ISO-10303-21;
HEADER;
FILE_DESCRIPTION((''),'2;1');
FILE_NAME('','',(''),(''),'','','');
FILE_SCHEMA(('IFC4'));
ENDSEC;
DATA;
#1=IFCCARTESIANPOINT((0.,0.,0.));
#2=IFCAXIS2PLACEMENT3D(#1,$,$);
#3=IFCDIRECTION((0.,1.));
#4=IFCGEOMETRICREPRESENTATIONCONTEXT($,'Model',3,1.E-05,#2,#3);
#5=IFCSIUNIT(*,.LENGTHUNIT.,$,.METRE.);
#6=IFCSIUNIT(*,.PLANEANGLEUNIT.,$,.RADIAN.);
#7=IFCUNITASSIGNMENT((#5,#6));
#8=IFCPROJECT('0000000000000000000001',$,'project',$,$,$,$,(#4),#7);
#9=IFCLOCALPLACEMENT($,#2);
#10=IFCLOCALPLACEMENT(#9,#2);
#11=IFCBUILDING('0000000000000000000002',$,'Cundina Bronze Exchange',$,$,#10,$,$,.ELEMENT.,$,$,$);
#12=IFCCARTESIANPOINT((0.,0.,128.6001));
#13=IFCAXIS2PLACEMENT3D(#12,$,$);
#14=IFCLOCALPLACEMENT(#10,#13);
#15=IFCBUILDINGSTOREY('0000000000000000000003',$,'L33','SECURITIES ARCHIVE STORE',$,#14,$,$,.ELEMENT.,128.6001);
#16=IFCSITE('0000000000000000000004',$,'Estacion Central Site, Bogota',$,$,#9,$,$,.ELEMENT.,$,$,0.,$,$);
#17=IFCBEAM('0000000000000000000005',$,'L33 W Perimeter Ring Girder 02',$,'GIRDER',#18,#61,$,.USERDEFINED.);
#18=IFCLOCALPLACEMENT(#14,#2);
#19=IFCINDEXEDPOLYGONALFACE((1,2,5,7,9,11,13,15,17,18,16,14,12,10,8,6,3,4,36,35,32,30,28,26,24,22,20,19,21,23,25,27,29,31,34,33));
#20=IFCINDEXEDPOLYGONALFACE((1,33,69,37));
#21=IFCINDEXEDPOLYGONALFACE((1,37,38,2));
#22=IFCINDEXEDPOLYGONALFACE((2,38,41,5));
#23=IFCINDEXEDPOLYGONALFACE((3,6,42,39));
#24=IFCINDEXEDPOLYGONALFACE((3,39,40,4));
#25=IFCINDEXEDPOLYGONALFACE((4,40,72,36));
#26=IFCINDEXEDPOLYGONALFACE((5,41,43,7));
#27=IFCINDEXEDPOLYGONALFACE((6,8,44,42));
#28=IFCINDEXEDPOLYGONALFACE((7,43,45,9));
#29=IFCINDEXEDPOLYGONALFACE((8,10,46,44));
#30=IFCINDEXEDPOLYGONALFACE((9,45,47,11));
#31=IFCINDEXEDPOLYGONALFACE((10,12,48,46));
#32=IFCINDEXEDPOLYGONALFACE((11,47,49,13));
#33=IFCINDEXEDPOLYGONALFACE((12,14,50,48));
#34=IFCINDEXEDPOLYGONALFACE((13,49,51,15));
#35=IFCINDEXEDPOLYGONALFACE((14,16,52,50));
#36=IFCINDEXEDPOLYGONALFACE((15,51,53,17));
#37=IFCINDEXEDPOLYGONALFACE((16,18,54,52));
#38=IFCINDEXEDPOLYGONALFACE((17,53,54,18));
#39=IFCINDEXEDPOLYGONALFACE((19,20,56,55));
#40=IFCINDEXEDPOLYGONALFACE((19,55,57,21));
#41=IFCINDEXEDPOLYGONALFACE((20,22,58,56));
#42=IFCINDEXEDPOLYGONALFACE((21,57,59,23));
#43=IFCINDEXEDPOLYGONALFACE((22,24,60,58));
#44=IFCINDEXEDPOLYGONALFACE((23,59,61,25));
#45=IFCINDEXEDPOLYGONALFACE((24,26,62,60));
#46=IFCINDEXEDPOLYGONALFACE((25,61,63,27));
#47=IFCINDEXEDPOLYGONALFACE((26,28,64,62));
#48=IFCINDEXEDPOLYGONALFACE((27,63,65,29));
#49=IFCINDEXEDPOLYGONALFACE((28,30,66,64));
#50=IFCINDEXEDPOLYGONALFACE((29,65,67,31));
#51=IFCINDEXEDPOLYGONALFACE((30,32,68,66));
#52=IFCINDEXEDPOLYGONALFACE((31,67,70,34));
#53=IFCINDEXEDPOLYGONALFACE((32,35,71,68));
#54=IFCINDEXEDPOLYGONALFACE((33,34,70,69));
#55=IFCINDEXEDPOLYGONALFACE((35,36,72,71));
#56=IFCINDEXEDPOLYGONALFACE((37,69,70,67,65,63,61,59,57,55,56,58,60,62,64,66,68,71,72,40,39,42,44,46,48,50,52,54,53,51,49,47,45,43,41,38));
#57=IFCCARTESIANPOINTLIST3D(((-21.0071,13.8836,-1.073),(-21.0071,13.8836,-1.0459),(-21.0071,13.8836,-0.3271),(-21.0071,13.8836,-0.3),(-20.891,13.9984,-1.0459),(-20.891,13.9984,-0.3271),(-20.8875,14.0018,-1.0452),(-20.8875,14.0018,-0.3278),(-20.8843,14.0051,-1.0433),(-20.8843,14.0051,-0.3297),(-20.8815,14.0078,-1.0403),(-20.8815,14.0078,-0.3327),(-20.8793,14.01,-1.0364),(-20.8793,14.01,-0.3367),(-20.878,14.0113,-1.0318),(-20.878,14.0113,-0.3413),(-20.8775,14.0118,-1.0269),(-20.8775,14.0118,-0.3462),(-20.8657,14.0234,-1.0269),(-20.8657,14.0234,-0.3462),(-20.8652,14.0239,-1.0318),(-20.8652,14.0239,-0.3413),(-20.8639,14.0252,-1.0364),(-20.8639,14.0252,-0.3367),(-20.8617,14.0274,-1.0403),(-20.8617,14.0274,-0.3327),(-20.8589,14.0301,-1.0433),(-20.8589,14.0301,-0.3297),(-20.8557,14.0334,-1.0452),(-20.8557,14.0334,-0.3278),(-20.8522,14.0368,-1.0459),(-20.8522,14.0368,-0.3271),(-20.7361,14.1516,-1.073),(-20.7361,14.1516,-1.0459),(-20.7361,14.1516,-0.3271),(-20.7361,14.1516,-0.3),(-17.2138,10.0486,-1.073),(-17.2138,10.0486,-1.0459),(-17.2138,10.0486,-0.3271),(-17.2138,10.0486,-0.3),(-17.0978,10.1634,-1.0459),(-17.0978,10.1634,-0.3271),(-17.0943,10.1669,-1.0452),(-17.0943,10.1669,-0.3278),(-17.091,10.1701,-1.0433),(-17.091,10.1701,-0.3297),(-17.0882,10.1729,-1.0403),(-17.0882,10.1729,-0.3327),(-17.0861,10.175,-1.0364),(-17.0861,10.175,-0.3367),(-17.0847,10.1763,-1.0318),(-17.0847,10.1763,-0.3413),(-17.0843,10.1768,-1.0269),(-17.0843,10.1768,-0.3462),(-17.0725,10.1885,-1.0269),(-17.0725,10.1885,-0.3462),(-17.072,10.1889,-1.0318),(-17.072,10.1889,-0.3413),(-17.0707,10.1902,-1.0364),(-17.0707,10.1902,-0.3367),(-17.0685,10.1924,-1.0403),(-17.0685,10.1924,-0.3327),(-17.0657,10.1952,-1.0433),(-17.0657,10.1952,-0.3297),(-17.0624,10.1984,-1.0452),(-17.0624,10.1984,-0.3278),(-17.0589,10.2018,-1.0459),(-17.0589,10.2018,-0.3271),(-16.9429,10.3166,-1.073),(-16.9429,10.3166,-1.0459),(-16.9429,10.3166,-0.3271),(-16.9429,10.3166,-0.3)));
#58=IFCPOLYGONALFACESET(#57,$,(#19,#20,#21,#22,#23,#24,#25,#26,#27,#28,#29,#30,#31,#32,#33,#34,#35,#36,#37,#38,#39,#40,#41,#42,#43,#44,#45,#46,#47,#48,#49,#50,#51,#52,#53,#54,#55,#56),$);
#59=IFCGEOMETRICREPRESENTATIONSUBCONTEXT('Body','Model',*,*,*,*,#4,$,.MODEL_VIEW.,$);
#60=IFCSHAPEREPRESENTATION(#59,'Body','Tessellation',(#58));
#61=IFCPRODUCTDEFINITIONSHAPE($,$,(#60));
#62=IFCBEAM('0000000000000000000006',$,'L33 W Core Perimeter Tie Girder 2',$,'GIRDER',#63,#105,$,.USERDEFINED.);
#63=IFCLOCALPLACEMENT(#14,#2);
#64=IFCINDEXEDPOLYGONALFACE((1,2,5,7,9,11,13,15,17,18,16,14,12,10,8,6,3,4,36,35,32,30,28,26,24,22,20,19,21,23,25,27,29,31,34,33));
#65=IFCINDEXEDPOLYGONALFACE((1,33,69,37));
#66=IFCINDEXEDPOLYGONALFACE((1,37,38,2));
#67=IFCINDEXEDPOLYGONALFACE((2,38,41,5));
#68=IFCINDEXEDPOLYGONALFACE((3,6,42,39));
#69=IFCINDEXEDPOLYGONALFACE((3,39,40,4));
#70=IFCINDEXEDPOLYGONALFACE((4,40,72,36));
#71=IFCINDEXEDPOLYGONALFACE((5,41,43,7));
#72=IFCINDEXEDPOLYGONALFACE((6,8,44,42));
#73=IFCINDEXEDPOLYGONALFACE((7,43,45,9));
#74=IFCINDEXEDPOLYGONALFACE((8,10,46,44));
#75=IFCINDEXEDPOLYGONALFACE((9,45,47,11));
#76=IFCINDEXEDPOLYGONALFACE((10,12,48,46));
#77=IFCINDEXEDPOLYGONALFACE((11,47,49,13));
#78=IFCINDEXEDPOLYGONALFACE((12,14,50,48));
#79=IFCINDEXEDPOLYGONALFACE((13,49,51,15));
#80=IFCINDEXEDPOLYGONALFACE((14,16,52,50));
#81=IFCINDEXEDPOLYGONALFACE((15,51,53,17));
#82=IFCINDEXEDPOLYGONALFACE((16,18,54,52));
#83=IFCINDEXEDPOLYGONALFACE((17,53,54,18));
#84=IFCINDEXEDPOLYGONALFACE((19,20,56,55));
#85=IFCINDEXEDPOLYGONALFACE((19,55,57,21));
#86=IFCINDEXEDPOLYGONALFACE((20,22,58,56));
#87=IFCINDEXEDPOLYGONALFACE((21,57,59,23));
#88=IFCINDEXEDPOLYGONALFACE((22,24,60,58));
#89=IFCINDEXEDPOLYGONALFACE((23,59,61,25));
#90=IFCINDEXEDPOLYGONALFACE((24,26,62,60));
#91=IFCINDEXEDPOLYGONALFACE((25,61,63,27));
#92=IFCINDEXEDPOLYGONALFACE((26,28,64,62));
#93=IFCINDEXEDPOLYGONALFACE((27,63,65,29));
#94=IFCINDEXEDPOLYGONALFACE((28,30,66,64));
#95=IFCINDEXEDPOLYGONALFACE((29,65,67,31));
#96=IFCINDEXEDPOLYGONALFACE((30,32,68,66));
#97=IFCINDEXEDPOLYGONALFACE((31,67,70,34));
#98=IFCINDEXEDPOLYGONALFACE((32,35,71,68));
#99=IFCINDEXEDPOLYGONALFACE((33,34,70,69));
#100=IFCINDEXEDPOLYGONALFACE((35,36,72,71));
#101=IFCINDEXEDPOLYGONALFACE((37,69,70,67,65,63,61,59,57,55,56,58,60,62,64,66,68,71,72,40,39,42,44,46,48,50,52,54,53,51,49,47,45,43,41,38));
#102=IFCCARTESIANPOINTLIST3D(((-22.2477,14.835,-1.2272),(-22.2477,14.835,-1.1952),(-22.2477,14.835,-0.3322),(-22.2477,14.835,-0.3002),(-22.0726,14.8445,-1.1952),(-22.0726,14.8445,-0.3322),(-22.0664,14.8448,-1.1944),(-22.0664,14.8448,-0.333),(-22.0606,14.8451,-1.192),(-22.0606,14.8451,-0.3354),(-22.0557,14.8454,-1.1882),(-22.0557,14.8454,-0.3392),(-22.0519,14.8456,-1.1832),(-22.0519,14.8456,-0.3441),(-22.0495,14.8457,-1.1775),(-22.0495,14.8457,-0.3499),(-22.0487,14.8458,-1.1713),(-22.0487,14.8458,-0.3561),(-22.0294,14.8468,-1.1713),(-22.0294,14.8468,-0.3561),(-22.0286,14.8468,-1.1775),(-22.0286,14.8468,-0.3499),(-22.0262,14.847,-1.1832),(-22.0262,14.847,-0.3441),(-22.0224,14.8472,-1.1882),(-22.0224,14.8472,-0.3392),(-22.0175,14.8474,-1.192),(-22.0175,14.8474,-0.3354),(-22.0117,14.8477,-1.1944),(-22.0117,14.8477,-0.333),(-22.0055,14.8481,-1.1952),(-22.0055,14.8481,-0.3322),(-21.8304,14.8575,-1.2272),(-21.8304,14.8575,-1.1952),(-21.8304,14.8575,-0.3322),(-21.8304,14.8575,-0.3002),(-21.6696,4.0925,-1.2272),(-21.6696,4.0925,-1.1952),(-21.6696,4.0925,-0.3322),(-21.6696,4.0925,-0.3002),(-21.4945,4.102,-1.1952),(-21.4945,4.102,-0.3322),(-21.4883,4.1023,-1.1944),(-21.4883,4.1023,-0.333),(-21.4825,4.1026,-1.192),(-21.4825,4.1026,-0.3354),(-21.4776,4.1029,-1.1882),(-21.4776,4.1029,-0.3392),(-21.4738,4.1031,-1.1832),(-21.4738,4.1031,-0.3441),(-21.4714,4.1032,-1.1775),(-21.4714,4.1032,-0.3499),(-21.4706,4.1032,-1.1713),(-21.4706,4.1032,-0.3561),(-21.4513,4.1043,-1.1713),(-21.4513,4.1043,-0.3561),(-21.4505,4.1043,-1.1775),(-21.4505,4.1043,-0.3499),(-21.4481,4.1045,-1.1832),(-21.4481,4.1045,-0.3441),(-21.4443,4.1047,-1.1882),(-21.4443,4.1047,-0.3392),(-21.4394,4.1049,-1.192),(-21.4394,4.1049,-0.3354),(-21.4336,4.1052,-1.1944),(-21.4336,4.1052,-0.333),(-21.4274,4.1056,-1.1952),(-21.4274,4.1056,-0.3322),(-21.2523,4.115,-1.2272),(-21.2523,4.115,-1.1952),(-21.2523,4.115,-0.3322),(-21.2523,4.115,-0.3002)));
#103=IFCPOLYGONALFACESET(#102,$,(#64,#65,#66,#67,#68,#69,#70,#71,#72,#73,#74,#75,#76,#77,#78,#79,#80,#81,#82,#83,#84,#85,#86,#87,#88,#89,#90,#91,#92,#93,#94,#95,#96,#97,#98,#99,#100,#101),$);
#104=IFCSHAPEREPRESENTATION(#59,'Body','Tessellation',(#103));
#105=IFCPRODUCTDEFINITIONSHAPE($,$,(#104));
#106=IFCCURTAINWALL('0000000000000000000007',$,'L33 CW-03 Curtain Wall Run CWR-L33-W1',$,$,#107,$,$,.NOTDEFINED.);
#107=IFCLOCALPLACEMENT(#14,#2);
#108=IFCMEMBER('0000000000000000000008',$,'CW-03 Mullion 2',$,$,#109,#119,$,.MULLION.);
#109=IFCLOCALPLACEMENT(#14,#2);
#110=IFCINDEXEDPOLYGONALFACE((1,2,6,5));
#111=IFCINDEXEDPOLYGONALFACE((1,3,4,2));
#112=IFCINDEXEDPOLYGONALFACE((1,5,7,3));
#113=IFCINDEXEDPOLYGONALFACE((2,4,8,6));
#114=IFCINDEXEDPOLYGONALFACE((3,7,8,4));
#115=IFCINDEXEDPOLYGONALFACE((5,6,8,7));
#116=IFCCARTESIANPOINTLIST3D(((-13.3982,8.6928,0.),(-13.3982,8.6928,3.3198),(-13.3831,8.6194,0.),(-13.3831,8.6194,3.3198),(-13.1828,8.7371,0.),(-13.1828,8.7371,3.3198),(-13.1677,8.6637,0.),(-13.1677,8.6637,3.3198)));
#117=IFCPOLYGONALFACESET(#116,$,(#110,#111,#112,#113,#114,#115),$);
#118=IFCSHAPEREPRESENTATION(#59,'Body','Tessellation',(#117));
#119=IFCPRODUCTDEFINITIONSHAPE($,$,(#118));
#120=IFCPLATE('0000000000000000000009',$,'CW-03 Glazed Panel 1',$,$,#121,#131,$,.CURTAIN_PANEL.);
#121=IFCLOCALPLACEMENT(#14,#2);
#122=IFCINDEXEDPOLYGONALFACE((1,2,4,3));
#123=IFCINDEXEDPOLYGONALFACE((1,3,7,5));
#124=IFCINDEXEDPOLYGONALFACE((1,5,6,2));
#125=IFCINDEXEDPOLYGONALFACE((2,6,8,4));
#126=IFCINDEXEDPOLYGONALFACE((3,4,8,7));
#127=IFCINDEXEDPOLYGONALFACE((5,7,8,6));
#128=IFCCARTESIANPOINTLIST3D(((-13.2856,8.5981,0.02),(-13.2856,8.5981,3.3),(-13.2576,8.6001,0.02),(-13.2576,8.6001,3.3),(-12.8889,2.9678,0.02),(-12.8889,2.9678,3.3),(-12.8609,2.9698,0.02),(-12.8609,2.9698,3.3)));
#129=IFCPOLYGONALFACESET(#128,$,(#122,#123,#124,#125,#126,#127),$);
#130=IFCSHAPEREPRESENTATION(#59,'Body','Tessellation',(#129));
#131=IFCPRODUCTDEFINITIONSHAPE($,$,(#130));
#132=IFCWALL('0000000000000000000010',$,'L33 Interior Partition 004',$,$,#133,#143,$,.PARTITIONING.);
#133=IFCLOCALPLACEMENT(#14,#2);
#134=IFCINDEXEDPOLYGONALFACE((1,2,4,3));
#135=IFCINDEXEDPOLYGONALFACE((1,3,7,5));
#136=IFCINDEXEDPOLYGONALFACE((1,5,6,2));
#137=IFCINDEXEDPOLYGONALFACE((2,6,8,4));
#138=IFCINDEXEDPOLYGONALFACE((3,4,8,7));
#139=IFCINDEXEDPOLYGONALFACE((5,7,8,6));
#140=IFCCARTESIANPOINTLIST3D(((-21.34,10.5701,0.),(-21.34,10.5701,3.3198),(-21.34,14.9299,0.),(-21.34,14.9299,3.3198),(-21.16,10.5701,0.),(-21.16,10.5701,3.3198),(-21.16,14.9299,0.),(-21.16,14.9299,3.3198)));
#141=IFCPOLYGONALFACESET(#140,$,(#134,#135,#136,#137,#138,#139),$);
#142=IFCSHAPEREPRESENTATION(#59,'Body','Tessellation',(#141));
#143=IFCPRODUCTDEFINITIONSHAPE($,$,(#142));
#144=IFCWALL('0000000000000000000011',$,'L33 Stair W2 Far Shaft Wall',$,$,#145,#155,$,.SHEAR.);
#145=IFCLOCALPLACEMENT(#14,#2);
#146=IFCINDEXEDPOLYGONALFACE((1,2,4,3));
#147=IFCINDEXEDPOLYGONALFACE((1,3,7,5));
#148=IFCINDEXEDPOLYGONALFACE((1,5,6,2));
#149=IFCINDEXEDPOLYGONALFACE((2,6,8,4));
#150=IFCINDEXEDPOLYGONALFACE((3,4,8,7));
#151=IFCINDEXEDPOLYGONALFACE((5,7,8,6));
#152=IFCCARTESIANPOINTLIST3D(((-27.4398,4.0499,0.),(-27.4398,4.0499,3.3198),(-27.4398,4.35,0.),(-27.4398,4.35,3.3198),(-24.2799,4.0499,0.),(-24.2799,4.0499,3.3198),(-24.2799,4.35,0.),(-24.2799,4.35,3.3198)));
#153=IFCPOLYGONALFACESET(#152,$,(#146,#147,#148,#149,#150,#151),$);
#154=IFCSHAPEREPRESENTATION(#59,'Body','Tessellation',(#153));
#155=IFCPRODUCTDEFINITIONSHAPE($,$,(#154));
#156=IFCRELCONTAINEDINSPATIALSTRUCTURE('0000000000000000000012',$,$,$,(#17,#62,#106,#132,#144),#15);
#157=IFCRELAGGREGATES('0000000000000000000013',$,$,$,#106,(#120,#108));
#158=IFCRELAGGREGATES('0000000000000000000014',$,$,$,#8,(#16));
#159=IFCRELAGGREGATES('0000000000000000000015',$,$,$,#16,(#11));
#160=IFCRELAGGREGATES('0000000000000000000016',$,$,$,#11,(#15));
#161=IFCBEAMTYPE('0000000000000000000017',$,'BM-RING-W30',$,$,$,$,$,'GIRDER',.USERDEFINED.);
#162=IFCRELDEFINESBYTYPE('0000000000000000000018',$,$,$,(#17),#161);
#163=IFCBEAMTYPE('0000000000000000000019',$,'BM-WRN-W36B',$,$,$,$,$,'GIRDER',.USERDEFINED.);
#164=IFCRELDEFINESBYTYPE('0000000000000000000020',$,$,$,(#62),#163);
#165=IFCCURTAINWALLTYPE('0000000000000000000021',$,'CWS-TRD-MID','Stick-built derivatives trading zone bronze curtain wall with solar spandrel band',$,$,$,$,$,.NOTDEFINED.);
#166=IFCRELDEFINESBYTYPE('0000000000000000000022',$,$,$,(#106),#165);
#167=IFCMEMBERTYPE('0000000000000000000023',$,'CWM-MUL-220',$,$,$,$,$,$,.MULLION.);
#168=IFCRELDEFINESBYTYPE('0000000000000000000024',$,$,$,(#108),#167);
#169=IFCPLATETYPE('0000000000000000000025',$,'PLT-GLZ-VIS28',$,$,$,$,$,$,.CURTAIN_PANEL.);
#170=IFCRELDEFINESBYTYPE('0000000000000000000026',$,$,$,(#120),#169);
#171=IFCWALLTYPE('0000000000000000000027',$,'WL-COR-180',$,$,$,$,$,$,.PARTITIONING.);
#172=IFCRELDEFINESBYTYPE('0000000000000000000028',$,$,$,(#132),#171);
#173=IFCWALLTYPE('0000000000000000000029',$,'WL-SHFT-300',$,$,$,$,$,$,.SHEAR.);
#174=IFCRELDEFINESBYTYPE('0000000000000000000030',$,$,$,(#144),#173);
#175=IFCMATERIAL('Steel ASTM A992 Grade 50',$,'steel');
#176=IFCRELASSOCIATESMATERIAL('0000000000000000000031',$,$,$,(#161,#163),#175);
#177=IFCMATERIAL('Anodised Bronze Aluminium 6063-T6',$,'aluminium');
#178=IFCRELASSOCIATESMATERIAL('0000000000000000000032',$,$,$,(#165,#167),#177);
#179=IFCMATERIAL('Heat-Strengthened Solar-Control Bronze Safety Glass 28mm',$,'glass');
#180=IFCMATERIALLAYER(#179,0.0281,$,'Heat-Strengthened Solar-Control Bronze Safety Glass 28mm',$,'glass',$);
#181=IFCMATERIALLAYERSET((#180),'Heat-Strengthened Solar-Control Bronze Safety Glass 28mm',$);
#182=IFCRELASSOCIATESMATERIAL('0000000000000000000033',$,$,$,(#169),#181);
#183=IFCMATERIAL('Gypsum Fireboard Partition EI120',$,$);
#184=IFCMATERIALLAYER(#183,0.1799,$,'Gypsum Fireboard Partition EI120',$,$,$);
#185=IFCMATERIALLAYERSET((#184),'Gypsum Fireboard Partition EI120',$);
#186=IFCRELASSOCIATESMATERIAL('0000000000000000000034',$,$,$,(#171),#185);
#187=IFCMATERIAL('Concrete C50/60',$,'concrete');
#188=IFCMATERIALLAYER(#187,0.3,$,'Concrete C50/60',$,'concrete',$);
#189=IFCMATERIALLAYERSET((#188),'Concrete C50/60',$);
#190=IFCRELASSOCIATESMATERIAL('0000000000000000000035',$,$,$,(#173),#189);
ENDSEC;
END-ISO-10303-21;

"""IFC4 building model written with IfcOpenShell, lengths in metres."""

from ifc_helpers import new_model, si_unit, direction, frame, frame_2d, origin, origin_2d, place, context, subcontext, project, spatial, rectangle, i_section, extrude, material, layer, layer_set, material_profile, profile_set, type_object, element, aggregate, save


model = new_model("IFC4")

# Units and contexts
model_context = context("Model", 3, precision=1e-05, world=origin(), true_north=direction((0.0, 1.0)))
body_context = subcontext(model_context, "Body", "Model", "MODEL_VIEW")
ifc_project = project(units=[si_unit("LENGTHUNIT", "METRE"), si_unit("PLANEANGLEUNIT", "RADIAN")], contexts=[model_context])

# Site, building, storey
site_placement = place(None, origin())
site = spatial("IfcSite", under=ifc_project, at=site_placement, Name="Estacion Central Site, Bogota", CompositionType="ELEMENT", RefElevation=0.0)
building_placement = place(site_placement, origin())
building = spatial("IfcBuilding", under=site, at=building_placement, Name="Cundina Bronze Exchange", CompositionType="ELEMENT")
storey_placement = place(building_placement, frame((0.0, 0.0, 128.6001)))
storey = spatial("IfcBuildingStorey", under=building, at=storey_placement, Name="L33", Description="SECURITIES ARCHIVE STORE", CompositionType="ELEMENT", Elevation=128.6001)

# Beams
ifc_material_1 = material(Name="Steel ASTM A992 Grade 50", Category="steel")
ifc_material_profile_1 = material_profile(ifc_material_1, i_section(OverallWidth=0.3811, OverallDepth=0.7729, WebThickness=0.0166, FlangeThickness=0.0271, FilletRadius=0.019, at=origin_2d()), Name="W30X173", Category="steel")
ifc_profile_set_1 = profile_set([ifc_material_profile_1], Name="Steel ASTM A992 Grade 50")
beam_type_1 = type_object("IfcBeamType", Name="BM-RING-W30", ElementType="GIRDER", PredefinedType="USERDEFINED", material=ifc_profile_set_1)
beam_1_placement = place(storey_placement, frame((-17.0784, 10.1826, -0.6865), z_axis=(-0.703226, 0.710966, 0.0), x_axis=(-0.710966, -0.703226, 0.0)))
element("IfcBeam", 1, at=beam_1_placement, inside=storey, type_object=beam_type_1, Name="L33 W Perimeter Ring Girder 02", ObjectType="GIRDER", PredefinedType="USERDEFINED", context=body_context, shape_type="SweptSolid", body=[
    extrude(i_section(OverallWidth=0.3811, OverallDepth=0.7729, WebThickness=0.0166, FlangeThickness=0.0271, FilletRadius=0.019, at=origin_2d()), origin(), (0.0, 0.0, 1.0), 5.394),
])
ifc_material_profile_2 = material_profile(ifc_material_1, i_section(OverallWidth=0.418, OverallDepth=0.927, WebThickness=0.0193, FlangeThickness=0.032, FilletRadius=0.0239, at=origin_2d()), Name="W36X231", Category="steel")
ifc_profile_set_2 = profile_set([ifc_material_profile_2], Name="Steel ASTM A992 Grade 50")
beam_type_2 = type_object("IfcBeamType", Name="BM-WRN-W36B", ElementType="GIRDER", PredefinedType="USERDEFINED", material=ifc_profile_set_2)
beam_2_placement = place(storey_placement, frame((-21.4609, 4.1038, -0.7637), z_axis=(-0.053739, 0.998555, 0.0), x_axis=(-0.998555, -0.053739, 0.0)))
element("IfcBeam", 2, at=beam_2_placement, inside=storey, type_object=beam_type_2, Name="L33 W Core Perimeter Tie Girder 2", ObjectType="GIRDER", PredefinedType="USERDEFINED", context=body_context, shape_type="SweptSolid", body=[
    extrude(i_section(OverallWidth=0.418, OverallDepth=0.927, WebThickness=0.0193, FlangeThickness=0.032, FilletRadius=0.0239, at=origin_2d()), origin(), (0.0, 0.0, 1.0), 10.7581),
])

# Curtain wall, member, plate
ifc_material_2 = material(Name="Anodised Bronze Aluminium 6063-T6", Category="aluminium")
curtain_wall_type = type_object("IfcCurtainWallType", Name="CWS-TRD-MID", Description="Stick-built derivatives trading zone bronze curtain wall with solar spandrel band", PredefinedType="NOTDEFINED", material=ifc_material_2)
curtain_wall_placement = place(storey_placement, origin())
curtain_wall = element("IfcCurtainWall", 3, at=curtain_wall_placement, inside=storey, type_object=curtain_wall_type, Name="L33 CW-03 Curtain Wall Run CWR-L33-W1", PredefinedType="NOTDEFINED")
ifc_material_profile_3 = material_profile(ifc_material_2, rectangle(XDim=0.075, YDim=0.22, at=origin_2d()), Name="AL75X220", Category="aluminium")
ifc_profile_set_3 = profile_set([ifc_material_profile_3], Name="Anodised Bronze Aluminium 6063-T6")
member_type = type_object("IfcMemberType", Name="CWM-MUL-220", PredefinedType="MULLION", material=ifc_profile_set_3)
member_placement = place(storey_placement, frame((-13.283, 8.6782, 0.0), z_axis=(0.0, 0.0, 1.0), x_axis=(-0.20142, 0.979505, 0.0)))
member = element("IfcMember", 4, at=member_placement, type_object=member_type, Name="CW-03 Mullion 2", PredefinedType="MULLION", context=body_context, shape_type="SweptSolid", body=[
    extrude(rectangle(XDim=0.075, YDim=0.22, at=origin_2d()), origin(), (0.0, 0.0, 1.0), 3.3198),
])
ifc_material_3 = material(Name="Heat-Strengthened Solar-Control Bronze Safety Glass 28mm", Category="glass")
ifc_layer_1 = layer(ifc_material_3, 0.0281, Name="Heat-Strengthened Solar-Control Bronze Safety Glass 28mm", Category="glass")
ifc_layer_set_1 = layer_set([ifc_layer_1], Name="Heat-Strengthened Solar-Control Bronze Safety Glass 28mm")
plate_type = type_object("IfcPlateType", Name="PLT-GLZ-VIS28", PredefinedType="CURTAIN_PANEL", material=ifc_layer_set_1)
plate_placement = place(storey_placement, frame((-13.0732, 5.7839, 0.02), z_axis=(0.0, 0.0, 1.0), x_axis=(-0.070279, 0.997527, 0.0)))
plate = element("IfcPlate", 5, at=plate_placement, type_object=plate_type, Name="CW-03 Glazed Panel 1", PredefinedType="CURTAIN_PANEL", context=body_context, shape_type="SweptSolid", body=[
    extrude(rectangle(XDim=5.6443, YDim=0.0281, at=origin_2d()), origin(), (0.0, 0.0, 1.0), 3.28),
])
aggregate(curtain_wall, [plate, member])

# Walls
ifc_material_4 = material(Name="Gypsum Fireboard Partition EI120")
ifc_layer_2 = layer(ifc_material_4, 0.1799, Name="Gypsum Fireboard Partition EI120")
ifc_layer_set_2 = layer_set([ifc_layer_2], Name="Gypsum Fireboard Partition EI120")
wall_type_1 = type_object("IfcWallType", Name="WL-COR-180", PredefinedType="PARTITIONING", material=ifc_layer_set_2)
wall_1_placement = place(storey_placement, frame((-21.25, 10.5701, 0.0), z_axis=(0.0, 0.0, 1.0), x_axis=(0.0, 1.0, 0.0)))
element("IfcWall", 6, at=wall_1_placement, inside=storey, type_object=wall_type_1, Name="L33 Interior Partition 004", PredefinedType="PARTITIONING", context=body_context, shape_type="SweptSolid", body=[
    extrude(rectangle(XDim=4.3599, YDim=0.1799, at=frame_2d((2.1799, 0.0))), origin(), (0.0, 0.0, 1.0), 3.3198),
])
ifc_material_5 = material(Name="Concrete C50/60", Category="concrete")
ifc_layer_3 = layer(ifc_material_5, 0.3, Name="Concrete C50/60", Category="concrete")
ifc_layer_set_3 = layer_set([ifc_layer_3], Name="Concrete C50/60")
wall_type_2 = type_object("IfcWallType", Name="WL-SHFT-300", PredefinedType="SHEAR", material=ifc_layer_set_3)
wall_2_placement = place(storey_placement, frame((-27.4399, 4.2, 0.0), z_axis=(0.0, 0.0, 1.0), x_axis=(1.0, 0.0, 0.0)))
element("IfcWall", 7, at=wall_2_placement, inside=storey, type_object=wall_type_2, Name="L33 Stair W2 Far Shaft Wall", PredefinedType="SHEAR", context=body_context, shape_type="SweptSolid", body=[
    extrude(rectangle(XDim=3.1599, YDim=0.3, at=frame_2d((1.5801, 0.0))), origin(), (0.0, 0.0, 1.0), 3.3198),
])

save(model, "model.ifc")
